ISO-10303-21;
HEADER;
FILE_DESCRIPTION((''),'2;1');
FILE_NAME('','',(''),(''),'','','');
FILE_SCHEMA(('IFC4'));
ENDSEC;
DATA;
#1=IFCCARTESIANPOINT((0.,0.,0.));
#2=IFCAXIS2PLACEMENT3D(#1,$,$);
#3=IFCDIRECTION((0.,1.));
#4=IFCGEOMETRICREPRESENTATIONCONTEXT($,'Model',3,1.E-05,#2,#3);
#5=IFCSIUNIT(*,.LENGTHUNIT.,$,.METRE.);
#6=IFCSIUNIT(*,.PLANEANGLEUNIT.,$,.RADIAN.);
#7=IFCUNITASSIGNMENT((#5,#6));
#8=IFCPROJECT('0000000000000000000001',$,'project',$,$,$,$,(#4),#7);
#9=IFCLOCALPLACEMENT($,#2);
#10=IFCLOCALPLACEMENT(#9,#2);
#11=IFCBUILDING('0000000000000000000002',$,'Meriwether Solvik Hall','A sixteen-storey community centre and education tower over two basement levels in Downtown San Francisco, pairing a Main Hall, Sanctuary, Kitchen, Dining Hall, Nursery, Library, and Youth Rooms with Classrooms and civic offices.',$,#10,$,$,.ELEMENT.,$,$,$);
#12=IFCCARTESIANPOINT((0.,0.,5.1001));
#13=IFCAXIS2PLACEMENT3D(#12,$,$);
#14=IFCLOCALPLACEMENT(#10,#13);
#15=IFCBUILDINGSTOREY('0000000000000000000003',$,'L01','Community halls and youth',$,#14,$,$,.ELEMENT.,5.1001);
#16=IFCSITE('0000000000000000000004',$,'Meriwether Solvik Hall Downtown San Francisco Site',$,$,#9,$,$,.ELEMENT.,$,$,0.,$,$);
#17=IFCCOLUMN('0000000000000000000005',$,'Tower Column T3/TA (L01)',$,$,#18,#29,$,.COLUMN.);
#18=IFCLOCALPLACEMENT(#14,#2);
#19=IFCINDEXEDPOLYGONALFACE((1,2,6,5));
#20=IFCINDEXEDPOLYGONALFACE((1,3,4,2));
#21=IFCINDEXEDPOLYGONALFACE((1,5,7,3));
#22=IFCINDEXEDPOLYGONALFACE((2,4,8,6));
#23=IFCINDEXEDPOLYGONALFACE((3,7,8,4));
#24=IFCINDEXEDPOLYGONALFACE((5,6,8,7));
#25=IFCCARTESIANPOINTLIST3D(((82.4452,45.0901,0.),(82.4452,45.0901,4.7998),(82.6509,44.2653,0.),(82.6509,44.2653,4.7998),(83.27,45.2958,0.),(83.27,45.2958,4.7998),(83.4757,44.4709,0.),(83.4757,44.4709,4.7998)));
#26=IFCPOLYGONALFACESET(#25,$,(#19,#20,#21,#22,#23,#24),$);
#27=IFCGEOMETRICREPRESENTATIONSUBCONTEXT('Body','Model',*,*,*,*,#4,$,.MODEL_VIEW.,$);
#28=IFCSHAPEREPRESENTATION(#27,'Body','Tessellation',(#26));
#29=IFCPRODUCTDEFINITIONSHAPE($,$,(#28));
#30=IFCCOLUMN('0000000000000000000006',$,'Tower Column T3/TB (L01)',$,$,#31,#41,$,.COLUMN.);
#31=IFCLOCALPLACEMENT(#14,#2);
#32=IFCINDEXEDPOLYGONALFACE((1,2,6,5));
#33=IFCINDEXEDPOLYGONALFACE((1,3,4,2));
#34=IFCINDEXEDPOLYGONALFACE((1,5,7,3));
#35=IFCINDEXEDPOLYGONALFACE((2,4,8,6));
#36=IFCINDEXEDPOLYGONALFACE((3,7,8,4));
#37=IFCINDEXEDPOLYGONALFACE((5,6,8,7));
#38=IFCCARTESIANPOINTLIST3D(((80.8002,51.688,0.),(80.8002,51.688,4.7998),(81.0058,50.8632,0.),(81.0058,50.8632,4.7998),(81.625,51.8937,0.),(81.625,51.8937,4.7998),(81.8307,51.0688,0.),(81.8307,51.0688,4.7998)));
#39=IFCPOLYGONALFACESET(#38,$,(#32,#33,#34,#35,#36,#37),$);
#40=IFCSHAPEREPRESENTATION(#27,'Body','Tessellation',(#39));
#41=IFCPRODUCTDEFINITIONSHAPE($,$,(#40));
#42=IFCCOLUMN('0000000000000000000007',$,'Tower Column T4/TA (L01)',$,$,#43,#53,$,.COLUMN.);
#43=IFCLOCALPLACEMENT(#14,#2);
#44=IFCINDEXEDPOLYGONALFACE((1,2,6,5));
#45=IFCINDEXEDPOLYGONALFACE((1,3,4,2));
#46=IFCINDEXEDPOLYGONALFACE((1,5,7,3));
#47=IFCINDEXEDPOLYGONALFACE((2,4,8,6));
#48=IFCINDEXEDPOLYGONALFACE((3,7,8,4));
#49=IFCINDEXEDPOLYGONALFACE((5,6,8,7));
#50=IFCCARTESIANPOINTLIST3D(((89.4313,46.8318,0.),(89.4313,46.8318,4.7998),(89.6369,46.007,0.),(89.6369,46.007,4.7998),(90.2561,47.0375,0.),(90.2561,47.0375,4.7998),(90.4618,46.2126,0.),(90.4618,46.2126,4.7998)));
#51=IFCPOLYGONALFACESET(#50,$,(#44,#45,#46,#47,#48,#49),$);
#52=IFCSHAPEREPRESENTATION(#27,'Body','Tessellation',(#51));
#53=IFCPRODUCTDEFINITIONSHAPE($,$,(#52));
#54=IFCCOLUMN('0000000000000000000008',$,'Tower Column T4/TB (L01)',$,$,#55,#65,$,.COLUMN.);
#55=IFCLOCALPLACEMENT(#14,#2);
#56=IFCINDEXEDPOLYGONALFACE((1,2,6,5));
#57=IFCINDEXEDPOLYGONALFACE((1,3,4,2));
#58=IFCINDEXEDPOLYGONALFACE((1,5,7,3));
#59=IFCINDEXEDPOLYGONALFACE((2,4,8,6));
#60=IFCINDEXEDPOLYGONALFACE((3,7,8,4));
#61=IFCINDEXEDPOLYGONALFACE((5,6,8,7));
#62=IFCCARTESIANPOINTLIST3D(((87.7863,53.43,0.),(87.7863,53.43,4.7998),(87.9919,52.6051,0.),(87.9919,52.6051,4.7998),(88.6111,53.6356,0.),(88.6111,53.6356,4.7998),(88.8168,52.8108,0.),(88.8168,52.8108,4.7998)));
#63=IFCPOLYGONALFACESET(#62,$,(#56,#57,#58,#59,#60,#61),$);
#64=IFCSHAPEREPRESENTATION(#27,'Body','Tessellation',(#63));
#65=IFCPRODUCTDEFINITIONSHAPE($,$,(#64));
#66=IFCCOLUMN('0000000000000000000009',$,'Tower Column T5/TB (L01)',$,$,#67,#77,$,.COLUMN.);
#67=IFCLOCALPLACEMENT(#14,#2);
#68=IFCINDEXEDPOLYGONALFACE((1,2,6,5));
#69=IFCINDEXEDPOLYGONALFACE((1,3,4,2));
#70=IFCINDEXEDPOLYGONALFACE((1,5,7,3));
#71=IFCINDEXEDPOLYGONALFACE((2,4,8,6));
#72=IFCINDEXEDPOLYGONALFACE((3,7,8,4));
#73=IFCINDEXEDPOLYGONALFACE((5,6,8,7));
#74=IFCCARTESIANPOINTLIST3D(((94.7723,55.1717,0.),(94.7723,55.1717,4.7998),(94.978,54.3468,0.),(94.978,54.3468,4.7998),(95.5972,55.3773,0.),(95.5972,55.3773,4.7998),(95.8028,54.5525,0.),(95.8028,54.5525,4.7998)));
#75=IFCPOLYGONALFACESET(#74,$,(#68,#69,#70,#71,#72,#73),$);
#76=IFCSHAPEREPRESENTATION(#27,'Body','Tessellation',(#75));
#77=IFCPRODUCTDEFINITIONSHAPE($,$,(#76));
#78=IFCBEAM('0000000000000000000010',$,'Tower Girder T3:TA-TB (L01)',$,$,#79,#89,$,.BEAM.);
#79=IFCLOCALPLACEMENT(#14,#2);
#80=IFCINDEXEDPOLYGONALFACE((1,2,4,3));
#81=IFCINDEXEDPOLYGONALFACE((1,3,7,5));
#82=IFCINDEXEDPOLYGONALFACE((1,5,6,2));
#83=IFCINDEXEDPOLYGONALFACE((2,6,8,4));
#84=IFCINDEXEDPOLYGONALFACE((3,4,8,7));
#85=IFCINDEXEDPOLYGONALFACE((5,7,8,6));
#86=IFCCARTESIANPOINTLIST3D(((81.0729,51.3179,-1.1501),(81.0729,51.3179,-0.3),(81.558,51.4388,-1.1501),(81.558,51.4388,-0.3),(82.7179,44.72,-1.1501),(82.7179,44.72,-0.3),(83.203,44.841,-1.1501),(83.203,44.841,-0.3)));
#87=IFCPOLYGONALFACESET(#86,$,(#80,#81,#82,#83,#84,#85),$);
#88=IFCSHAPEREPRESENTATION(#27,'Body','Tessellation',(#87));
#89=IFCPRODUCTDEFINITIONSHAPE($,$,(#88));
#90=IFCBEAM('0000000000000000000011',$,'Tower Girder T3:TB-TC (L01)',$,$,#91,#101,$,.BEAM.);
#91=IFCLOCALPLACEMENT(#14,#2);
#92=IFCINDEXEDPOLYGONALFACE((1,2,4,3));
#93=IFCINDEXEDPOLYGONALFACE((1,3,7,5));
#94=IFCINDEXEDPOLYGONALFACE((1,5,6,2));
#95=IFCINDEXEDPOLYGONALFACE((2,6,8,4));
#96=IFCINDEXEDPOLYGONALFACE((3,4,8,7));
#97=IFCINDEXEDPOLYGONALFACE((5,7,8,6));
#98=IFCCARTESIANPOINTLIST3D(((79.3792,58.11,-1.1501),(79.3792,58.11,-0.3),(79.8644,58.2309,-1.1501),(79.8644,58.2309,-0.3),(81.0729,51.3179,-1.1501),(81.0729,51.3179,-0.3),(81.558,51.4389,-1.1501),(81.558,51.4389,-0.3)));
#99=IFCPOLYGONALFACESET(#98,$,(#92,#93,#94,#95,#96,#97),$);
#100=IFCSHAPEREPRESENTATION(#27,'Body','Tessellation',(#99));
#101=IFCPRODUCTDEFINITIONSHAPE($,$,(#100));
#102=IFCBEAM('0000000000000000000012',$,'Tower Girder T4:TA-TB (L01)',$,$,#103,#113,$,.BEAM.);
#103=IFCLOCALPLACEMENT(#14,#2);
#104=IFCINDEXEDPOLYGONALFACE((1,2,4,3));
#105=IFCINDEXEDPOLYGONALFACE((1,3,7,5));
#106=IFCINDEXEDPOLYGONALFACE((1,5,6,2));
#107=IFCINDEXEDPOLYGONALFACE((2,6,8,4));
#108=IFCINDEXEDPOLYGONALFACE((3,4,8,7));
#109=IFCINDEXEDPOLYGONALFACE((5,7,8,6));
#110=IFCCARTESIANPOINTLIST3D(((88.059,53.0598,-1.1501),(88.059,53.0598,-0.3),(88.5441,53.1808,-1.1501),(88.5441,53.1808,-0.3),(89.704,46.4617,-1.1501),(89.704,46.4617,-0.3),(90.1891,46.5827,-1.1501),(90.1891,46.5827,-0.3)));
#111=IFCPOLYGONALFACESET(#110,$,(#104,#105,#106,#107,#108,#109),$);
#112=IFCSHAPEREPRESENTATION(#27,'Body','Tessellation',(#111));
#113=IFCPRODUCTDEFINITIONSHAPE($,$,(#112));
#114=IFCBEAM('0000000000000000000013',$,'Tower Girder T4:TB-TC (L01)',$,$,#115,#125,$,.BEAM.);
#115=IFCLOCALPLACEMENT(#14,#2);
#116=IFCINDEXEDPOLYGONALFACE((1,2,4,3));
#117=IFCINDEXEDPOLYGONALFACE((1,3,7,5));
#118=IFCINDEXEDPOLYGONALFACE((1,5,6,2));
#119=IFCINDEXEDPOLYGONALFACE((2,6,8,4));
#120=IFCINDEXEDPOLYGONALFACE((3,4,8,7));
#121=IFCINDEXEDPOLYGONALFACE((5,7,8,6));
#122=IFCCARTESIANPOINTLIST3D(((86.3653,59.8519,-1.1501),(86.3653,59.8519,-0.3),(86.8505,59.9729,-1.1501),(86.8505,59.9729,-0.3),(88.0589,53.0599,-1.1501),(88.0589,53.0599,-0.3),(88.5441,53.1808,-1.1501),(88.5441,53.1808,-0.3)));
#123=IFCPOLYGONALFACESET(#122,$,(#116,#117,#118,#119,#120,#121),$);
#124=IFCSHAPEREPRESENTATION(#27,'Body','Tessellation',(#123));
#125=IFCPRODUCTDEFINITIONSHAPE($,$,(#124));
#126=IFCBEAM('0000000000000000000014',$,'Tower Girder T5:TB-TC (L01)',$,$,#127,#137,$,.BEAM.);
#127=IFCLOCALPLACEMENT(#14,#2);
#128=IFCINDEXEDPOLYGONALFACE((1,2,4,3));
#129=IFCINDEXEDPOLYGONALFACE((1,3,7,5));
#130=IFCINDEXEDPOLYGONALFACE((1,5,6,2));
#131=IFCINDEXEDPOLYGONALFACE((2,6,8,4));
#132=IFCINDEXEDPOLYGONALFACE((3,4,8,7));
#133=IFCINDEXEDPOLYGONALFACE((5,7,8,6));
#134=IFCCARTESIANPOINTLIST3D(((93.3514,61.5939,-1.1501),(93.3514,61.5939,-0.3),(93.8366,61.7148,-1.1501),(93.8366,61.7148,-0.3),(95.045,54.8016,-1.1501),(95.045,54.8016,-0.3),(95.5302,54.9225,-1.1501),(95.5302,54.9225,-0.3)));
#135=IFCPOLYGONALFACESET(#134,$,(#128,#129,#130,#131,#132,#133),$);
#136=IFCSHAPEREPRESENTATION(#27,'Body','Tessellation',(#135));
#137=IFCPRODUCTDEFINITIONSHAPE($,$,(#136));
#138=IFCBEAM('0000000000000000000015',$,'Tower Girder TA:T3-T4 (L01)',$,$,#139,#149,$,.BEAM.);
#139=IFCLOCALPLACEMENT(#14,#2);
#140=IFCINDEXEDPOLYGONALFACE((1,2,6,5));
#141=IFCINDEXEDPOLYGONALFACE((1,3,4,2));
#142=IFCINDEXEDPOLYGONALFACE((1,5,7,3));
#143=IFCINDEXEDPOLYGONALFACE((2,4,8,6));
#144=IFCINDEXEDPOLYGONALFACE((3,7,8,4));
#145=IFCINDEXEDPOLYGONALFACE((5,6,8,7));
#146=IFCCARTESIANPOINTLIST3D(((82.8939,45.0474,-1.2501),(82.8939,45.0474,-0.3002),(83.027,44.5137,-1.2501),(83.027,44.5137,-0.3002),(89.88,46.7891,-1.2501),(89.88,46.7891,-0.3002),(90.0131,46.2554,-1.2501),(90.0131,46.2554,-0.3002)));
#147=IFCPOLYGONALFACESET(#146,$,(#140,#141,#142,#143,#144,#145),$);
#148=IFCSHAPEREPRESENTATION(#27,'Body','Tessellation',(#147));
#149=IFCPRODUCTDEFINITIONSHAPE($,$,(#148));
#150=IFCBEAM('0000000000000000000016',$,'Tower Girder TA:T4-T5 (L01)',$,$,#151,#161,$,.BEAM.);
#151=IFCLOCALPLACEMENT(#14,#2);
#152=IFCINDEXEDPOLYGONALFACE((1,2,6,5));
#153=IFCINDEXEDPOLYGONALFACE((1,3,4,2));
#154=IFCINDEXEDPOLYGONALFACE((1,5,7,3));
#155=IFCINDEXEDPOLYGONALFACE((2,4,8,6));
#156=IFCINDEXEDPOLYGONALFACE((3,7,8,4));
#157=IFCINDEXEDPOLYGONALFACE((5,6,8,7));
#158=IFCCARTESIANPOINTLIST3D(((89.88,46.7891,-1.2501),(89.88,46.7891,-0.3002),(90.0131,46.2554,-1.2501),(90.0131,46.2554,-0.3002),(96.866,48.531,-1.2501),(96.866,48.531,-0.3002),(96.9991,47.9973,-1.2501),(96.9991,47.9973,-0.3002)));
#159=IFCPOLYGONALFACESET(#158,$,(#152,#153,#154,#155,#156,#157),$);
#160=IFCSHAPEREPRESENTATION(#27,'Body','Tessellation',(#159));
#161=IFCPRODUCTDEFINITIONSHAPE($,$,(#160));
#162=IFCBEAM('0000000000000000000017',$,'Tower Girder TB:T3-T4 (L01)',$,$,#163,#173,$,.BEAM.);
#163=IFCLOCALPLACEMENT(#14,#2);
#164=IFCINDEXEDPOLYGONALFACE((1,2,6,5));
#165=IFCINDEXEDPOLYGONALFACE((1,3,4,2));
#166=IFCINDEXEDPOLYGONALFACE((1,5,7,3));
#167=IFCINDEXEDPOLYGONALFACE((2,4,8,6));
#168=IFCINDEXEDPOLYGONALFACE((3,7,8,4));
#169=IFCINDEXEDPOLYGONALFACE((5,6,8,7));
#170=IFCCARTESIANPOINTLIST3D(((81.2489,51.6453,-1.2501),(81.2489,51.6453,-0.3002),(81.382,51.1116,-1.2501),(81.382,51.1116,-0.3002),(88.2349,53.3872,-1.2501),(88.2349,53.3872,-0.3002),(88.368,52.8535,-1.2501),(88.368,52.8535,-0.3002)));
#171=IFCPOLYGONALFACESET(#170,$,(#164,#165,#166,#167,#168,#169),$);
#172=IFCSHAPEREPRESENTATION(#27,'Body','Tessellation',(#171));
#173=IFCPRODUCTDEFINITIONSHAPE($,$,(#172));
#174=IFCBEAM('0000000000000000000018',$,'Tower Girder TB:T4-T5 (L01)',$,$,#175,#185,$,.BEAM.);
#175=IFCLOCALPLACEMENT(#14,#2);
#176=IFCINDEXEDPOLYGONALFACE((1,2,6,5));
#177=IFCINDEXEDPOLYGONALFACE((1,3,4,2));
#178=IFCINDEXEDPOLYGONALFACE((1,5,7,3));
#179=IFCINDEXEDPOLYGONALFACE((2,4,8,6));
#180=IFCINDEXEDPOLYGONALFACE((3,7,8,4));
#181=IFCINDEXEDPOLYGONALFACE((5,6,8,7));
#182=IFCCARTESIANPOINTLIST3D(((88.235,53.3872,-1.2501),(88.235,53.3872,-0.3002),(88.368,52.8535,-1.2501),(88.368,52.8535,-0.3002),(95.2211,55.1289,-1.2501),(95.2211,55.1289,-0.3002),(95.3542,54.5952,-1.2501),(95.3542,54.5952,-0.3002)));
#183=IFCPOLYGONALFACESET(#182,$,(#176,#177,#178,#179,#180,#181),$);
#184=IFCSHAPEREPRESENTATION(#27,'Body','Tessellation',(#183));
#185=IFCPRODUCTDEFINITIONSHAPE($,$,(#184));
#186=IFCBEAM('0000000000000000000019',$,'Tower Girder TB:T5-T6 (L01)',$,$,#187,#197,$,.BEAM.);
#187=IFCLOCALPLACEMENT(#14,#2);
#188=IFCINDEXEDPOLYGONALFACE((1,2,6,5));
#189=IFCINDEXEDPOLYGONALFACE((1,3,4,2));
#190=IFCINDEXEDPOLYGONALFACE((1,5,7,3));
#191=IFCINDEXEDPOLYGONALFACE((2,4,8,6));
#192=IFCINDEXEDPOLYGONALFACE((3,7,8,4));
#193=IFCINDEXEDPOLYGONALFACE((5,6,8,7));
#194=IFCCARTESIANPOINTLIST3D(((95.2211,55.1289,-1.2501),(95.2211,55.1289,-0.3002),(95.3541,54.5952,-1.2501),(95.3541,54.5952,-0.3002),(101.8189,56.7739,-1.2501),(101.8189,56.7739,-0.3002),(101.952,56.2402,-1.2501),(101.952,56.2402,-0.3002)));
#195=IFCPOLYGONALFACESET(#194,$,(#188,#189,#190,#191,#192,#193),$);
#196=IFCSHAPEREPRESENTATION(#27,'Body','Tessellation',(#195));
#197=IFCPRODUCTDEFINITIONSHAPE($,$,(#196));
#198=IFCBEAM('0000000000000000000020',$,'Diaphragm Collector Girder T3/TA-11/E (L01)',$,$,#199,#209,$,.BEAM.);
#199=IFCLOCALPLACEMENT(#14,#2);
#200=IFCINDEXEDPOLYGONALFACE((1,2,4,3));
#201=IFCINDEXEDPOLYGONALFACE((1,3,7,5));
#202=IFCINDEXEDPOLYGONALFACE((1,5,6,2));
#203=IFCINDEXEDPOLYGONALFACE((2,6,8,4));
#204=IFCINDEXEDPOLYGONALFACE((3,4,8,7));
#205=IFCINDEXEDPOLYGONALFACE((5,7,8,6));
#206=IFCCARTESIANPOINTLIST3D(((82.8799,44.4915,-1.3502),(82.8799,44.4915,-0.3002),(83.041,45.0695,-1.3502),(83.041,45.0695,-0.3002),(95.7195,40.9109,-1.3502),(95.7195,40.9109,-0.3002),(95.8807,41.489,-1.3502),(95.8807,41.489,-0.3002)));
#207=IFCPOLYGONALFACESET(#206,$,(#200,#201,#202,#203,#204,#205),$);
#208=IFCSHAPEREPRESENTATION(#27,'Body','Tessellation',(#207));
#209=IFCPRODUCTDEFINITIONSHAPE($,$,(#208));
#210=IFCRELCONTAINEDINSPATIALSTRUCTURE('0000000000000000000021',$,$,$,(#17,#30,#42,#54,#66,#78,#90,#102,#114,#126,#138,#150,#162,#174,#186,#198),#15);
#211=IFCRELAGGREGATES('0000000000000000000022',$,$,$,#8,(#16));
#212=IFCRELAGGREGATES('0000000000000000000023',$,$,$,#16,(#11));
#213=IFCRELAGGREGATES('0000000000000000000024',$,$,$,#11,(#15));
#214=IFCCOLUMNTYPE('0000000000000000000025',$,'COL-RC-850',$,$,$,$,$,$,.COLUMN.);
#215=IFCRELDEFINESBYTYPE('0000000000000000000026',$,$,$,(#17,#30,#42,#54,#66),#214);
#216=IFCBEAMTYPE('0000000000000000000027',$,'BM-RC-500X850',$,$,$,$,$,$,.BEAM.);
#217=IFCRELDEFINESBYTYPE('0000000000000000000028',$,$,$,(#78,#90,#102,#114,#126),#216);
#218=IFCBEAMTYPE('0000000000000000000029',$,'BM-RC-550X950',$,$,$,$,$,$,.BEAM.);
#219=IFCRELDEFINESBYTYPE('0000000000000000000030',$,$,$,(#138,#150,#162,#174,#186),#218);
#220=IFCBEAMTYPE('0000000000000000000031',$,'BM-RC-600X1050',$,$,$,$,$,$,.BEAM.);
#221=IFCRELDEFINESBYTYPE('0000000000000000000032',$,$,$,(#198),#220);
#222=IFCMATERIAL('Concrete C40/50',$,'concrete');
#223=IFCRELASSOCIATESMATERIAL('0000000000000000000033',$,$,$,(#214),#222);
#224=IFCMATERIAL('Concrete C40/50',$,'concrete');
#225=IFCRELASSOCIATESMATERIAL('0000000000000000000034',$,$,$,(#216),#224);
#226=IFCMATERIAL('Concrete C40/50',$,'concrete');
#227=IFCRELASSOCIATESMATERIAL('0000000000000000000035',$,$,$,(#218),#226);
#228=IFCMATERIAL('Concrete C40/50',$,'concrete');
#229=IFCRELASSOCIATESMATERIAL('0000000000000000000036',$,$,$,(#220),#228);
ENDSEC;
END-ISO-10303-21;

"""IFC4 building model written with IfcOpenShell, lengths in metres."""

from ifc_helpers import new_model, si_unit, direction, frame, origin, origin_2d, place, context, subcontext, project, spatial, rectangle, extrude, material, material_profile, profile_set, type_object, element, save


model = new_model("IFC4")

# Units and contexts
model_context = context("Model", 3, precision=1e-05, world=origin(), true_north=direction((0.0, 1.0)))
body_context = subcontext(model_context, "Body", "Model", "MODEL_VIEW")
ifc_project = project(units=[si_unit("LENGTHUNIT", "METRE"), si_unit("PLANEANGLEUNIT", "RADIAN")], contexts=[model_context])

# Site, building, storey
site_placement = place(None, origin())
site = spatial("IfcSite", under=ifc_project, at=site_placement, Name="Meriwether Solvik Hall Downtown San Francisco Site", CompositionType="ELEMENT", RefElevation=0.0)
building_placement = place(site_placement, origin())
building = spatial("IfcBuilding", under=site, at=building_placement, Name="Meriwether Solvik Hall", Description="A sixteen-storey community centre and education tower over two basement levels in Downtown San Francisco, pairing a Main Hall, Sanctuary, Kitchen, Dining Hall, Nursery, Library, and Youth Rooms with Classrooms and civic offices.", CompositionType="ELEMENT")
storey_placement = place(building_placement, frame((0.0, 0.0, 5.1001)))
storey = spatial("IfcBuildingStorey", under=building, at=storey_placement, Name="L01", Description="Community halls and youth", CompositionType="ELEMENT", Elevation=5.1001)

# Columns
ifc_material_1 = material(Name="Concrete C40/50", Category="concrete")
ifc_material_profile_1 = material_profile(ifc_material_1, rectangle(XDim=0.8501, YDim=0.8501, at=origin_2d()), Name="RCC-850X850")
ifc_profile_set_1 = profile_set([ifc_material_profile_1], Name="Concrete C40/50")
column_type = type_object("IfcColumnType", Name="COL-RC-850", PredefinedType="COLUMN", material=ifc_profile_set_1)
for number, where, z_axis, x_axis, name in (
    (1, (82.9604, 44.7805, 0.0), (0.0, 0.0, 1.0), (0.970296, 0.241922, 0.0), "Tower Column T3/TA (L01)"),
    (2, (81.3154, 51.3784, 0.0), (0.0, 0.0, 1.0), (0.970296, 0.241922, 0.0), "Tower Column T3/TB (L01)"),
    (3, (89.9465, 46.5222, 0.0), (0.0, 0.0, 1.0), (0.970296, 0.241922, 0.0), "Tower Column T4/TA (L01)"),
    (4, (88.3015, 53.1204, 0.0), (0.0, 0.0, 1.0), (0.970296, 0.241922, 0.0), "Tower Column T4/TB (L01)"),
    (5, (95.2876, 54.8621, 0.0), (0.0, 0.0, 1.0), (0.970296, 0.241922, 0.0), "Tower Column T5/TB (L01)"),
):
    element("IfcColumn", number, at=place(storey_placement, frame(where, z_axis=z_axis, x_axis=x_axis)), inside=storey, type_object=column_type, Name=name, PredefinedType="COLUMN", context=body_context, shape_type="SweptSolid", body=[
        extrude(rectangle(XDim=0.8501, YDim=0.8501, at=origin_2d()), origin(), (0.0, 0.0, 1.0), 4.7998),
    ])

# Beams
ifc_material_2 = material(Name="Concrete C40/50", Category="concrete")
ifc_material_profile_2 = material_profile(ifc_material_2, rectangle(XDim=0.5, YDim=0.8501, at=origin_2d()), Name="RCB-500X850")
ifc_profile_set_2 = profile_set([ifc_material_profile_2], Name="Concrete C40/50")
beam_type_1 = type_object("IfcBeamType", Name="BM-RC-500X850", PredefinedType="BEAM", material=ifc_profile_set_2)
beam_1_placement = place(storey_placement, frame((82.9604, 44.7805, -0.7251), z_axis=(-0.241919, 0.970296, 0.0), x_axis=(-0.970296, -0.241919, 0.0)))
element("IfcBeam", 6, at=beam_1_placement, inside=storey, type_object=beam_type_1, Name="Tower Girder T3:TA-TB (L01)", PredefinedType="BEAM", context=body_context, shape_type="SweptSolid", body=[
    extrude(rectangle(XDim=0.5, YDim=0.8501, at=origin_2d()), origin(), (0.0, 0.0, 1.0), 6.7998),
])
beam_2_placement = place(storey_placement, frame((81.3154, 51.3784, -0.7251), z_axis=(-0.241945, 0.97029, 0.0), x_axis=(-0.97029, -0.241945, 0.0)))
element("IfcBeam", 7, at=beam_2_placement, inside=storey, type_object=beam_type_1, Name="Tower Girder T3:TB-TC (L01)", PredefinedType="BEAM", context=body_context, shape_type="SweptSolid", body=[
    extrude(rectangle(XDim=0.5, YDim=0.8501, at=origin_2d()), origin(), (0.0, 0.0, 1.0), 7.0),
])
beam_3_placement = place(storey_placement, frame((89.9465, 46.5222, -0.7251), z_axis=(-0.24191, 0.970299, 0.0), x_axis=(-0.970299, -0.24191, 0.0)))
element("IfcBeam", 8, at=beam_3_placement, inside=storey, type_object=beam_type_1, Name="Tower Girder T4:TA-TB (L01)", PredefinedType="BEAM", context=body_context, shape_type="SweptSolid", body=[
    extrude(rectangle(XDim=0.5, YDim=0.8501, at=origin_2d()), origin(), (0.0, 0.0, 1.0), 6.8),
])
beam_4_placement = place(storey_placement, frame((88.3015, 53.1204, -0.7251), z_axis=(-0.241945, 0.97029, 0.0), x_axis=(-0.97029, -0.241945, 0.0)))
element("IfcBeam", 9, at=beam_4_placement, inside=storey, type_object=beam_type_1, Name="Tower Girder T4:TB-TC (L01)", PredefinedType="BEAM", context=body_context, shape_type="SweptSolid", body=[
    extrude(rectangle(XDim=0.5, YDim=0.8501, at=origin_2d()), origin(), (0.0, 0.0, 1.0), 7.0),
])
beam_5_placement = place(storey_placement, frame((95.2876, 54.8621, -0.7251), z_axis=(-0.241937, 0.970292, 0.0), x_axis=(-0.970292, -0.241937, 0.0)))
element("IfcBeam", 10, at=beam_5_placement, inside=storey, type_object=beam_type_1, Name="Tower Girder T5:TB-TC (L01)", PredefinedType="BEAM", context=body_context, shape_type="SweptSolid", body=[
    extrude(rectangle(XDim=0.5, YDim=0.8501, at=origin_2d()), origin(), (0.0, 0.0, 1.0), 7.0002),
])
ifc_material_3 = material(Name="Concrete C40/50", Category="concrete")
ifc_material_profile_3 = material_profile(ifc_material_3, rectangle(XDim=0.55, YDim=0.95, at=origin_2d()), Name="RCB-550X950")
ifc_profile_set_3 = profile_set([ifc_material_profile_3], Name="Concrete C40/50")
beam_type_2 = type_object("IfcBeamType", Name="BM-RC-550X950", PredefinedType="BEAM", material=ifc_profile_set_3)
for number, where, z_axis, x_axis, name in (
    (11, (82.9604, 44.7805, -0.7751), (0.9703, 0.241905, 0.0), (-0.241905, 0.9703, 0.0), "Tower Girder TA:T3-T4 (L01)"),
    (12, (89.9465, 46.5222, -0.7751), (0.970292, 0.241937, 0.0), (-0.241937, 0.970292, 0.0), "Tower Girder TA:T4-T5 (L01)"),
    (13, (81.3154, 51.3784, -0.7751), (0.970292, 0.241937, 0.0), (-0.241937, 0.970292, 0.0), "Tower Girder TB:T3-T4 (L01)"),
    (14, (88.3015, 53.1204, -0.7751), (0.9703, 0.241905, 0.0), (-0.241905, 0.9703, 0.0), "Tower Girder TB:T4-T5 (L01)"),
):
    element("IfcBeam", number, at=place(storey_placement, frame(where, z_axis=z_axis, x_axis=x_axis)), inside=storey, type_object=beam_type_2, Name=name, PredefinedType="BEAM", context=body_context, shape_type="SweptSolid", body=[
        extrude(rectangle(XDim=0.55, YDim=0.95, at=origin_2d()), origin(), (0.0, 0.0, 1.0), 7.2),
    ])
beam_6_placement = place(storey_placement, frame((95.2876, 54.8621, -0.7751), z_axis=(0.970296, 0.241919, 0.0), x_axis=(-0.241919, 0.970296, 0.0)))
element("IfcBeam", 15, at=beam_6_placement, inside=storey, type_object=beam_type_2, Name="Tower Girder TB:T5-T6 (L01)", PredefinedType="BEAM", context=body_context, shape_type="SweptSolid", body=[
    extrude(rectangle(XDim=0.55, YDim=0.95, at=origin_2d()), origin(), (0.0, 0.0, 1.0), 6.7998),
])
ifc_material_4 = material(Name="Concrete C40/50", Category="concrete")
ifc_material_profile_4 = material_profile(ifc_material_4, rectangle(XDim=0.6001, YDim=1.05, at=origin_2d()), Name="RCB-600X1050")
ifc_profile_set_4 = profile_set([ifc_material_profile_4], Name="Concrete C40/50")
beam_type_3 = type_object("IfcBeamType", Name="BM-RC-600X1050", PredefinedType="BEAM", material=ifc_profile_set_4)
beam_7_placement = place(storey_placement, frame((82.9604, 44.7805, -0.8252), z_axis=(0.963246, -0.26862, 0.0), x_axis=(0.26862, 0.963246, 0.0)))
element("IfcBeam", 16, at=beam_7_placement, inside=storey, type_object=beam_type_3, Name="Diaphragm Collector Girder T3/TA-11/E (L01)", PredefinedType="BEAM", context=body_context, shape_type="SweptSolid", body=[
    extrude(rectangle(XDim=0.6001, YDim=1.05, at=origin_2d()), origin(), (0.0, 0.0, 1.0), 13.3296),
])

save(model, "model.ifc")
